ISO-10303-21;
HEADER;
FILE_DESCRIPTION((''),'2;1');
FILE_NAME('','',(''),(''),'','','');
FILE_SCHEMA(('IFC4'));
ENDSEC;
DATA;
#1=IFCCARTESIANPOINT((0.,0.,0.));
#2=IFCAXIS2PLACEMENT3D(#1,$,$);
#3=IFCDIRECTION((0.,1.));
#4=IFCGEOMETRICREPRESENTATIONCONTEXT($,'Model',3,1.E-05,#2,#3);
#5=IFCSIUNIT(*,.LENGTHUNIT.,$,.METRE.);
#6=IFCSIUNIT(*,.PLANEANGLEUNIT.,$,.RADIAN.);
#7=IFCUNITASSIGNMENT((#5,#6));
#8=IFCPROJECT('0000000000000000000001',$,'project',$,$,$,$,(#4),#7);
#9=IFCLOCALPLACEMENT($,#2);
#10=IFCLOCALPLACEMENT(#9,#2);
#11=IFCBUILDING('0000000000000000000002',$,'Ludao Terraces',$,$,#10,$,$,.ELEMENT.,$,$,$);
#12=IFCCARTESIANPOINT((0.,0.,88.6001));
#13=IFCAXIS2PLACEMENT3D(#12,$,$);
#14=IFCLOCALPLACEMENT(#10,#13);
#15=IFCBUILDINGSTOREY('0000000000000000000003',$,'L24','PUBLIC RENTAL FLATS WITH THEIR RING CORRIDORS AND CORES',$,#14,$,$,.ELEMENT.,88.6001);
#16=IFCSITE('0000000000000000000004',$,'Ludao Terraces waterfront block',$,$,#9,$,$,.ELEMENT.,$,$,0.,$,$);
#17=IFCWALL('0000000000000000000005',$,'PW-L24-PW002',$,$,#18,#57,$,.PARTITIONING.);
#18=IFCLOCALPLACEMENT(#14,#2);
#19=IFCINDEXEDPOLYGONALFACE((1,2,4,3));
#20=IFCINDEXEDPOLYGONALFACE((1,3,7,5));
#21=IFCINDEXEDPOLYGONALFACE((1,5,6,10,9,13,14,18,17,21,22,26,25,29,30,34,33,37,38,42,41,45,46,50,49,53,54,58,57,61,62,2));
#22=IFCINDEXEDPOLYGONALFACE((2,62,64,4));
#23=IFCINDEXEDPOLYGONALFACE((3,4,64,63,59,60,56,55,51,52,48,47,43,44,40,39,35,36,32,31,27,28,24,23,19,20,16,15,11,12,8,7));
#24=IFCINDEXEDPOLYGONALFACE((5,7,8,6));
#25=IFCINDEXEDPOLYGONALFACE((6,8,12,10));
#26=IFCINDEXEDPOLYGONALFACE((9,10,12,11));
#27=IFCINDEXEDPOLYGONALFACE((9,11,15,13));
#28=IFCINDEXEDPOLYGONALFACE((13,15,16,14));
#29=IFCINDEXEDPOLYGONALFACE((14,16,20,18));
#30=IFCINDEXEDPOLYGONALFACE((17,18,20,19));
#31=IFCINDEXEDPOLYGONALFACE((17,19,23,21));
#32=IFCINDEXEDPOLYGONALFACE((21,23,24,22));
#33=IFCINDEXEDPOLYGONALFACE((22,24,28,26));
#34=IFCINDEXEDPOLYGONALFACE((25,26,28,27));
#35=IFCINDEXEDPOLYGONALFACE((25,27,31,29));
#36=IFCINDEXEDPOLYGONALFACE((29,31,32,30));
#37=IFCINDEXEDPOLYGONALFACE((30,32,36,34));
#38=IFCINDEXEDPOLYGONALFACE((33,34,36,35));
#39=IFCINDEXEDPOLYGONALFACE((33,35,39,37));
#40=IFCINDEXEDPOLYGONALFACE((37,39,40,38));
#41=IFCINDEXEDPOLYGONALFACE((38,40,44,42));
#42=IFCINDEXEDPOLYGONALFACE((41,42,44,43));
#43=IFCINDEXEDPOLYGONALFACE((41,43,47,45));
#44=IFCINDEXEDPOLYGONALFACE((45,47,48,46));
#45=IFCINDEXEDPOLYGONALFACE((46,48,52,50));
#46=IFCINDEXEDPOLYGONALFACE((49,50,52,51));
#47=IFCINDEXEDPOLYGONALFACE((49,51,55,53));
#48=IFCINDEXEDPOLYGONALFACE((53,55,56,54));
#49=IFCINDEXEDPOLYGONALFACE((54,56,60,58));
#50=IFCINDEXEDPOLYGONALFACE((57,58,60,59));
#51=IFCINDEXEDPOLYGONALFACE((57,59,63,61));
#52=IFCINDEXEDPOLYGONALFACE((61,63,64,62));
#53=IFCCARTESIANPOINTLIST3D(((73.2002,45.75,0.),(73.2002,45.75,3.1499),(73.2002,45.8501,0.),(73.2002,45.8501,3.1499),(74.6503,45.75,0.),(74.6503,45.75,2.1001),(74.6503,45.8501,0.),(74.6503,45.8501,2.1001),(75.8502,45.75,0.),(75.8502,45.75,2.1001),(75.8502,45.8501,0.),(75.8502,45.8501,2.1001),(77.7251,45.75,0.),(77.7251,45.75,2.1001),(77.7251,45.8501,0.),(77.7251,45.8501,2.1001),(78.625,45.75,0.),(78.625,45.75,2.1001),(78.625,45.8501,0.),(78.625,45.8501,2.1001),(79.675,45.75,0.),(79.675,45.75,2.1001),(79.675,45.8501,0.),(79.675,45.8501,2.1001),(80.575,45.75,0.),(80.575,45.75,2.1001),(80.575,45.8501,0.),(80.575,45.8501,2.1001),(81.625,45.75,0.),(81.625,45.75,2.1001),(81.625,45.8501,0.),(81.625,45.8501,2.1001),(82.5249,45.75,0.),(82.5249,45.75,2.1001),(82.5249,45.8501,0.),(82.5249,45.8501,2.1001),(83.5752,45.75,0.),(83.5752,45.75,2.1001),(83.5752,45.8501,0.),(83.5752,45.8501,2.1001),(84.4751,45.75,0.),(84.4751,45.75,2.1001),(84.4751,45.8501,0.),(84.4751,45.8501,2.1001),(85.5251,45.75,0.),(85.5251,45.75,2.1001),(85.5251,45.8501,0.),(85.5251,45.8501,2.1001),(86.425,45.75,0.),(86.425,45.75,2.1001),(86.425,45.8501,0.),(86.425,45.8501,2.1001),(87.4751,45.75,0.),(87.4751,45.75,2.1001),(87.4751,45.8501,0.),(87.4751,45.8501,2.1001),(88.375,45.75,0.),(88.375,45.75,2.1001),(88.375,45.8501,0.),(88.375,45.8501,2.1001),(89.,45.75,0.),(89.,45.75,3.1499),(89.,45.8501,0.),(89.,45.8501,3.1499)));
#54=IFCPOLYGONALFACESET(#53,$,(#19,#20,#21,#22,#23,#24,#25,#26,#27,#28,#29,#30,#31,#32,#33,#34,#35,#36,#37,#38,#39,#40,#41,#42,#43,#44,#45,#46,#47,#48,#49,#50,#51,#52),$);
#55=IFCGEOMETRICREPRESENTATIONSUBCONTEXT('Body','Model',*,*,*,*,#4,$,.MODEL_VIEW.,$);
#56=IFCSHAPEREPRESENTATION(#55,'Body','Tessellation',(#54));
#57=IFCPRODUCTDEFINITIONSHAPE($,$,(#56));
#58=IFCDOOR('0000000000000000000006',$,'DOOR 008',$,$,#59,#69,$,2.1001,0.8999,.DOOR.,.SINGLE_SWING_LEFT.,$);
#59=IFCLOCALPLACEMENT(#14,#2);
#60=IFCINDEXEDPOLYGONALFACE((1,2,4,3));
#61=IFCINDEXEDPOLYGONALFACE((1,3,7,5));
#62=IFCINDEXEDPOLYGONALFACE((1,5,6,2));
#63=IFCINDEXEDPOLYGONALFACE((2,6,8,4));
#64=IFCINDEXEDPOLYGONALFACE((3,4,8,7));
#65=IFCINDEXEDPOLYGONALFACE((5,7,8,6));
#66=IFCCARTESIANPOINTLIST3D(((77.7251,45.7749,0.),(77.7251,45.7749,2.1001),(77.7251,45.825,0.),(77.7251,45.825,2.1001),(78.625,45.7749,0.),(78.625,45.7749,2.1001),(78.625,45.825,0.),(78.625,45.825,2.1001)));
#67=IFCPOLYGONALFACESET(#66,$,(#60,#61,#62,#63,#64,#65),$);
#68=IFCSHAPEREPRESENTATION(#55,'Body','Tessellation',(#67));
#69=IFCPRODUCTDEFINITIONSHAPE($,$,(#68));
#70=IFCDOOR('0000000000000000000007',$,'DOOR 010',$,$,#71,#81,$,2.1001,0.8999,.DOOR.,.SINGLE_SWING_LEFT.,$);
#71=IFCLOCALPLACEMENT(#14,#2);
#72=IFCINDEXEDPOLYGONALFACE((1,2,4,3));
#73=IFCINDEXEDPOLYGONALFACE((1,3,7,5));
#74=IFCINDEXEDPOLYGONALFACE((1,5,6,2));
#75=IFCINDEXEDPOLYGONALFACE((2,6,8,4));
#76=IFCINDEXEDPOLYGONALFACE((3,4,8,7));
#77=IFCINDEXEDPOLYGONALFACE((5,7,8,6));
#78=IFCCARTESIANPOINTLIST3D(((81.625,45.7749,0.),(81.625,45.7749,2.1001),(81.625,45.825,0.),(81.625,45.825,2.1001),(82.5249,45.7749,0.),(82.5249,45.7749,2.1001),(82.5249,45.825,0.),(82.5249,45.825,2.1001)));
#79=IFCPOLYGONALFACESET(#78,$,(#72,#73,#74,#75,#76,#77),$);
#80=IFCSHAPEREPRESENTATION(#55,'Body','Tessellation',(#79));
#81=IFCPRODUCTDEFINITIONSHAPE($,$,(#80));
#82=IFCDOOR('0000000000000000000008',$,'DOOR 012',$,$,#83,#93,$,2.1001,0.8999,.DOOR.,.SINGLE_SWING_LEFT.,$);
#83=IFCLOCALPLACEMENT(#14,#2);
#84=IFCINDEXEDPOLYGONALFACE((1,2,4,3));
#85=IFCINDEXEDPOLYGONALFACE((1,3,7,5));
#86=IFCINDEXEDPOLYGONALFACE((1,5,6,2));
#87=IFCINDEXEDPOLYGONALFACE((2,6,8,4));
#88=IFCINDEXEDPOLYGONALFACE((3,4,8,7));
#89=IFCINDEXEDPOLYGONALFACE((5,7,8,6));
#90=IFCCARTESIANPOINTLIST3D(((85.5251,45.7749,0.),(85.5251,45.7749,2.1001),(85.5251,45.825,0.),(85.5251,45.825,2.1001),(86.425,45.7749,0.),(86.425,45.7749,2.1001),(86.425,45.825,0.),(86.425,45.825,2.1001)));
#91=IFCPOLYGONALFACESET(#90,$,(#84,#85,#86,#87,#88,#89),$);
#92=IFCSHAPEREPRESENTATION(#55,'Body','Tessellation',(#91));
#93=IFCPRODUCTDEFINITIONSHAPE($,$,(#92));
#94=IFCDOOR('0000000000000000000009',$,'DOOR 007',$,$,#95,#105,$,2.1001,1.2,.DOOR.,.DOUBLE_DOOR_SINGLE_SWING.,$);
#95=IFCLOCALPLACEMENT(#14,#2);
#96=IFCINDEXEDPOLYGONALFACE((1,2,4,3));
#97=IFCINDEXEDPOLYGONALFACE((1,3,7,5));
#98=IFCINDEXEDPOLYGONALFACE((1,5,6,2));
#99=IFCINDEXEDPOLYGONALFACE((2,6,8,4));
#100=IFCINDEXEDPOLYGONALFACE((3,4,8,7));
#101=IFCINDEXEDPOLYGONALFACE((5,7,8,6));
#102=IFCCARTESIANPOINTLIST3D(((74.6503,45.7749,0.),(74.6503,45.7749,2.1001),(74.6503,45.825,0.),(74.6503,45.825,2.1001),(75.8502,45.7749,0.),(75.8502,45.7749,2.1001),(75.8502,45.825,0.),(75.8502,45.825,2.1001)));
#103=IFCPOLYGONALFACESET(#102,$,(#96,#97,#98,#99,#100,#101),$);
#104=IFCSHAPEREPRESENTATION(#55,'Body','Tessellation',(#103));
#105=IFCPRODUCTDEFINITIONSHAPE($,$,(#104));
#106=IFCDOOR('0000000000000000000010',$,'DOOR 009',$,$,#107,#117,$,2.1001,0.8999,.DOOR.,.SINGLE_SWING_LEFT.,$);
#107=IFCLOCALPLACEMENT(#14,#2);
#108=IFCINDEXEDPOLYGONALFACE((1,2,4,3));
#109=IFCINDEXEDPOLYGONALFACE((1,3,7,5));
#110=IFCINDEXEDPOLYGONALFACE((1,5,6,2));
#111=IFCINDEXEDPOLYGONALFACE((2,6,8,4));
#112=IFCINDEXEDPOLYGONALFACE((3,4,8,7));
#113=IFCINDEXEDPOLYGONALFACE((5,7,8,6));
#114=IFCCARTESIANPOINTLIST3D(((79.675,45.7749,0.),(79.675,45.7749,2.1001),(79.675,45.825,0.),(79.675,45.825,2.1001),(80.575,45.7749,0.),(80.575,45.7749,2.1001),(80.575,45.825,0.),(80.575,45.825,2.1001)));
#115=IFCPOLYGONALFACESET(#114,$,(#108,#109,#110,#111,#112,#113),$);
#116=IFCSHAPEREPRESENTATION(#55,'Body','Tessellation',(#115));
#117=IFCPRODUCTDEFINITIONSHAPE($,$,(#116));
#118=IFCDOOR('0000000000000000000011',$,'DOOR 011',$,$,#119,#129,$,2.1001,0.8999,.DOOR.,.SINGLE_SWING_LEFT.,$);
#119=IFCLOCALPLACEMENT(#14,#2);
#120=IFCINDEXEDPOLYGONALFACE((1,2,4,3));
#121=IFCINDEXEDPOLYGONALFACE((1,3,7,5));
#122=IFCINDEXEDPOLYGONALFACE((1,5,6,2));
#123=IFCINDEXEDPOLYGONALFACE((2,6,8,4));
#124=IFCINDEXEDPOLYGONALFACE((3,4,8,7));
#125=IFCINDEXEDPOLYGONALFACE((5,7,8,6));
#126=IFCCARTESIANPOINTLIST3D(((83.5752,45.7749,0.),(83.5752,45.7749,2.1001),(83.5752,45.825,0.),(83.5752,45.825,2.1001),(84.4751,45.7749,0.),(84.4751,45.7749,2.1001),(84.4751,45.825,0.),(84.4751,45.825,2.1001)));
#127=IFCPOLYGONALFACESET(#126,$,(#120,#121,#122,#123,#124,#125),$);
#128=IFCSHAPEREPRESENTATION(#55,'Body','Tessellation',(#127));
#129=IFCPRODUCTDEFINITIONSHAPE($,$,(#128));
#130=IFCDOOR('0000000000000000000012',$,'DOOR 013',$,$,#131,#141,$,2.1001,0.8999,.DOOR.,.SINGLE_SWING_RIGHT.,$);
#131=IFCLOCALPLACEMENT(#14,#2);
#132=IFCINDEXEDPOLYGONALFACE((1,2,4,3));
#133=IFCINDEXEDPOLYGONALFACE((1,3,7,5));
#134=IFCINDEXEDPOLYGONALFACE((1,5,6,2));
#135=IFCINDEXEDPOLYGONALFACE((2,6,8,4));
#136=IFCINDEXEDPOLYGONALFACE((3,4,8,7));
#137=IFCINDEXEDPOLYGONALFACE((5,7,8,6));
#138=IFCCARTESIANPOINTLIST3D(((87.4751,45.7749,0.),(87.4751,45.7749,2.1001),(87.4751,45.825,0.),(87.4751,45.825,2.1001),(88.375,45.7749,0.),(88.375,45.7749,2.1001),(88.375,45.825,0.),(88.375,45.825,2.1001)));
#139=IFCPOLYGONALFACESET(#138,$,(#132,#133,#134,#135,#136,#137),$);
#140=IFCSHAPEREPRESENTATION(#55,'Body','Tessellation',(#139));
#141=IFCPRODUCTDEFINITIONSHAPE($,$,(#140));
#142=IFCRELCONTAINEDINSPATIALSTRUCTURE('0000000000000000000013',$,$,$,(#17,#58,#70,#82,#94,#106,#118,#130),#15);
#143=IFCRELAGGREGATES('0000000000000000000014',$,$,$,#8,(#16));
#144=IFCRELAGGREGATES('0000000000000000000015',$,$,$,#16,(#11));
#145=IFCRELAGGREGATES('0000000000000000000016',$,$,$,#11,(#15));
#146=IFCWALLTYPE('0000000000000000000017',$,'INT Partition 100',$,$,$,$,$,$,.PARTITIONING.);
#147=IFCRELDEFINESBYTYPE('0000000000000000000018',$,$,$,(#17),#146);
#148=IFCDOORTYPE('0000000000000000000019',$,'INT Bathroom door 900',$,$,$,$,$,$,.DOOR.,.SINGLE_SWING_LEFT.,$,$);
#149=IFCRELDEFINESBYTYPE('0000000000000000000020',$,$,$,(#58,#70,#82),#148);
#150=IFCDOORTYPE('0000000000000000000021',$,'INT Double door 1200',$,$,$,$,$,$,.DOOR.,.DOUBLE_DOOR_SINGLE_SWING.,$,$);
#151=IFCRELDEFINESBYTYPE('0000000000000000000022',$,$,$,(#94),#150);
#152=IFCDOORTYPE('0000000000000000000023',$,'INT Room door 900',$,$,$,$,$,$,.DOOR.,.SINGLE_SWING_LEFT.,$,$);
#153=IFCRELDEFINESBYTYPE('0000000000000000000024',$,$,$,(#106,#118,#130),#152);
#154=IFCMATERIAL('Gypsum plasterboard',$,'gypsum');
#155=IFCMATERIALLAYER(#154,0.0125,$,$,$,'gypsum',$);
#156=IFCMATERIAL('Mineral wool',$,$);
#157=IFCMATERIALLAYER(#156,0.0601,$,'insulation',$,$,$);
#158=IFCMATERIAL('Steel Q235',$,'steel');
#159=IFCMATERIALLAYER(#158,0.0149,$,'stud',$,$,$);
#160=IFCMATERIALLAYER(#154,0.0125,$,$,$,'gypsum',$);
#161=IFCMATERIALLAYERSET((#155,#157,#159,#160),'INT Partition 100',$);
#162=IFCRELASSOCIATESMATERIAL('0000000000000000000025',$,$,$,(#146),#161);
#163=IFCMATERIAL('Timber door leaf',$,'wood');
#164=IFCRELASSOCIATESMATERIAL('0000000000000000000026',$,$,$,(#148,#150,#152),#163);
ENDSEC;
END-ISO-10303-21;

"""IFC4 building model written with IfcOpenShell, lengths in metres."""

from ifc_helpers import new_model, si_unit, direction, frame, frame_2d, origin, place, context, subcontext, project, spatial, rectangle, extrude, material, layer, layer_set, type_object, element, fill, save


model = new_model("IFC4")

# Units and contexts
model_context = context("Model", 3, precision=1e-05, world=origin(), true_north=direction((0.0, 1.0)))
body_context = subcontext(model_context, "Body", "Model", "MODEL_VIEW")
ifc_project = project(units=[si_unit("LENGTHUNIT", "METRE"), si_unit("PLANEANGLEUNIT", "RADIAN")], contexts=[model_context])

# Site, building, storey
site_placement = place(None, origin())
site = spatial("IfcSite", under=ifc_project, at=site_placement, Name="Ludao Terraces waterfront block", CompositionType="ELEMENT", RefElevation=0.0)
building_placement = place(site_placement, origin())
building = spatial("IfcBuilding", under=site, at=building_placement, Name="Ludao Terraces", CompositionType="ELEMENT")
storey_placement = place(building_placement, frame((0.0, 0.0, 88.6001)))
storey = spatial("IfcBuildingStorey", under=building, at=storey_placement, Name="L24", Description="PUBLIC RENTAL FLATS WITH THEIR RING CORRIDORS AND CORES", CompositionType="ELEMENT", Elevation=88.6001)

# Wall, openings, doors
ifc_material_1 = material(Name="Gypsum plasterboard", Category="gypsum")
ifc_layer_1 = layer(ifc_material_1, 0.0125, Category="gypsum")
ifc_material_2 = material(Name="Mineral wool")
ifc_layer_2 = layer(ifc_material_2, 0.0601, Name="insulation")
ifc_material_3 = material(Name="Steel Q235", Category="steel")
ifc_layer_3 = layer(ifc_material_3, 0.0149, Name="stud")
ifc_layer_4 = layer(ifc_material_1, 0.0125, Category="gypsum")
ifc_layer_set_1 = layer_set([ifc_layer_1, ifc_layer_2, ifc_layer_3, ifc_layer_4], Name="INT Partition 100")
wall_type_1 = type_object("IfcWallType", Name="INT Partition 100", PredefinedType="PARTITIONING", material=ifc_layer_set_1)
wall_1_placement = place(storey_placement, frame((73.2002, 45.8, 0.0), z_axis=(0.0, 0.0, 1.0), x_axis=(1.0, 0.0, 0.0)))
wall_1 = element("IfcWall", 1, at=wall_1_placement, inside=storey, type_object=wall_type_1, Name="PW-L24-PW002", PredefinedType="PARTITIONING", context=body_context, shape_type="SweptSolid", body=[
    extrude(rectangle(XDim=15.7998, YDim=0.1001, at=frame_2d((7.8999, 0.0))), origin(), (0.0, 0.0, 1.0), 3.1499),
])
opening_1_placement = place(wall_1_placement, frame((1.45, 0.0, 0.0)))
opening_1 = element("IfcOpeningElement", 2, at=opening_1_placement, cuts=wall_1, PredefinedType="OPENING", context=body_context, shape_type="SweptSolid", body=[
    extrude(rectangle(XDim=1.2, YDim=2.1001, at=frame_2d((0.6001, 1.05))), frame((0.0, 0.0601, 0.0), z_axis=(0.0, -1.0, 0.0), x_axis=(1.0, 0.0, 0.0)), (0.0, 0.0, 1.0), 0.1201),
])
opening_2_placement = place(wall_1_placement, frame((4.5249, 0.0, 0.0)))
opening_2 = element("IfcOpeningElement", 3, at=opening_2_placement, cuts=wall_1, PredefinedType="OPENING", context=body_context, shape_type="SweptSolid", body=[
    extrude(rectangle(XDim=0.8999, YDim=2.1001, at=frame_2d((0.45, 1.05))), frame((0.0, 0.0601, 0.0), z_axis=(0.0, -1.0, 0.0), x_axis=(1.0, 0.0, 0.0)), (0.0, 0.0, 1.0), 0.1201),
])
opening_3_placement = place(wall_1_placement, frame((6.4749, 0.0, 0.0)))
opening_3 = element("IfcOpeningElement", 4, at=opening_3_placement, cuts=wall_1, PredefinedType="OPENING", context=body_context, shape_type="SweptSolid", body=[
    extrude(rectangle(XDim=0.8999, YDim=2.1001, at=frame_2d((0.45, 1.05))), frame((0.0, 0.0601, 0.0), z_axis=(0.0, -1.0, 0.0), x_axis=(1.0, 0.0, 0.0)), (0.0, 0.0, 1.0), 0.1201),
])
opening_4_placement = place(wall_1_placement, frame((8.4248, 0.0, 0.0)))
opening_4 = element("IfcOpeningElement", 5, at=opening_4_placement, cuts=wall_1, PredefinedType="OPENING", context=body_context, shape_type="SweptSolid", body=[
    extrude(rectangle(XDim=0.8999, YDim=2.1001, at=frame_2d((0.45, 1.05))), frame((0.0, 0.0601, 0.0), z_axis=(0.0, -1.0, 0.0), x_axis=(1.0, 0.0, 0.0)), (0.0, 0.0, 1.0), 0.1201),
])
opening_5_placement = place(wall_1_placement, frame((10.375, 0.0, 0.0)))
opening_5 = element("IfcOpeningElement", 6, at=opening_5_placement, cuts=wall_1, PredefinedType="OPENING", context=body_context, shape_type="SweptSolid", body=[
    extrude(rectangle(XDim=0.8999, YDim=2.1001, at=frame_2d((0.45, 1.05))), frame((0.0, 0.0601, 0.0), z_axis=(0.0, -1.0, 0.0), x_axis=(1.0, 0.0, 0.0)), (0.0, 0.0, 1.0), 0.1201),
])
opening_6_placement = place(wall_1_placement, frame((12.325, 0.0, 0.0)))
opening_6 = element("IfcOpeningElement", 7, at=opening_6_placement, cuts=wall_1, PredefinedType="OPENING", context=body_context, shape_type="SweptSolid", body=[
    extrude(rectangle(XDim=0.8999, YDim=2.1001, at=frame_2d((0.45, 1.05))), frame((0.0, 0.0601, 0.0), z_axis=(0.0, -1.0, 0.0), x_axis=(1.0, 0.0, 0.0)), (0.0, 0.0, 1.0), 0.1201),
])
opening_7_placement = place(wall_1_placement, frame((14.2749, 0.0, 0.0)))
opening_7 = element("IfcOpeningElement", 8, at=opening_7_placement, cuts=wall_1, PredefinedType="OPENING", context=body_context, shape_type="SweptSolid", body=[
    extrude(rectangle(XDim=0.8999, YDim=2.1001, at=frame_2d((0.45, 1.05))), frame((0.0, 0.0601, 0.0), z_axis=(0.0, -1.0, 0.0), x_axis=(1.0, 0.0, 0.0)), (0.0, 0.0, 1.0), 0.1201),
])
ifc_material_4 = material(Name="Timber door leaf", Category="wood")
door_type_1 = type_object("IfcDoorType", Name="INT Bathroom door 900", OperationType="SINGLE_SWING_LEFT", PredefinedType="DOOR", material=ifc_material_4)
door_1_placement = place(opening_2_placement, origin())
door_1 = element("IfcDoor", 9, at=door_1_placement, inside=storey, type_object=door_type_1, Name="DOOR 008", OperationType="SINGLE_SWING_LEFT", OverallHeight=2.1001, OverallWidth=0.8999, PredefinedType="DOOR", context=body_context, shape_type="SweptSolid", body=[
    extrude(rectangle(XDim=0.8999, YDim=2.1001, at=frame_2d((0.45, 1.05))), frame((0.0, 0.0249, 0.0), z_axis=(0.0, -1.0, 0.0), x_axis=(1.0, 0.0, 0.0)), (0.0, 0.0, 1.0), 0.05),
])
fill(opening_2, door_1)
door_2_placement = place(opening_4_placement, origin())
door_2 = element("IfcDoor", 10, at=door_2_placement, inside=storey, type_object=door_type_1, Name="DOOR 010", OperationType="SINGLE_SWING_LEFT", OverallHeight=2.1001, OverallWidth=0.8999, PredefinedType="DOOR", context=body_context, shape_type="SweptSolid", body=[
    extrude(rectangle(XDim=0.8999, YDim=2.1001, at=frame_2d((0.45, 1.05))), frame((0.0, 0.0249, 0.0), z_axis=(0.0, -1.0, 0.0), x_axis=(1.0, 0.0, 0.0)), (0.0, 0.0, 1.0), 0.05),
])
fill(opening_4, door_2)
door_3_placement = place(opening_6_placement, origin())
door_3 = element("IfcDoor", 11, at=door_3_placement, inside=storey, type_object=door_type_1, Name="DOOR 012", OperationType="SINGLE_SWING_LEFT", OverallHeight=2.1001, OverallWidth=0.8999, PredefinedType="DOOR", context=body_context, shape_type="SweptSolid", body=[
    extrude(rectangle(XDim=0.8999, YDim=2.1001, at=frame_2d((0.45, 1.05))), frame((0.0, 0.0249, 0.0), z_axis=(0.0, -1.0, 0.0), x_axis=(1.0, 0.0, 0.0)), (0.0, 0.0, 1.0), 0.05),
])
fill(opening_6, door_3)
door_type_2 = type_object("IfcDoorType", Name="INT Double door 1200", OperationType="DOUBLE_DOOR_SINGLE_SWING", PredefinedType="DOOR", material=ifc_material_4)
door_4_placement = place(opening_1_placement, origin())
door_4 = element("IfcDoor", 12, at=door_4_placement, inside=storey, type_object=door_type_2, Name="DOOR 007", OperationType="DOUBLE_DOOR_SINGLE_SWING", OverallHeight=2.1001, OverallWidth=1.2, PredefinedType="DOOR", context=body_context, shape_type="SweptSolid", body=[
    extrude(rectangle(XDim=1.2, YDim=2.1001, at=frame_2d((0.6001, 1.05))), frame((0.0, 0.0249, 0.0), z_axis=(0.0, -1.0, 0.0), x_axis=(1.0, 0.0, 0.0)), (0.0, 0.0, 1.0), 0.05),
])
fill(opening_1, door_4)
door_type_3 = type_object("IfcDoorType", Name="INT Room door 900", OperationType="SINGLE_SWING_LEFT", PredefinedType="DOOR", material=ifc_material_4)
door_5_placement = place(opening_3_placement, origin())
door_5 = element("IfcDoor", 13, at=door_5_placement, inside=storey, type_object=door_type_3, Name="DOOR 009", OperationType="SINGLE_SWING_LEFT", OverallHeight=2.1001, OverallWidth=0.8999, PredefinedType="DOOR", context=body_context, shape_type="SweptSolid", body=[
    extrude(rectangle(XDim=0.8999, YDim=2.1001, at=frame_2d((0.45, 1.05))), frame((0.0, 0.0249, 0.0), z_axis=(0.0, -1.0, 0.0), x_axis=(1.0, 0.0, 0.0)), (0.0, 0.0, 1.0), 0.05),
])
fill(opening_3, door_5)
door_6_placement = place(opening_5_placement, origin())
door_6 = element("IfcDoor", 14, at=door_6_placement, inside=storey, type_object=door_type_3, Name="DOOR 011", OperationType="SINGLE_SWING_LEFT", OverallHeight=2.1001, OverallWidth=0.8999, PredefinedType="DOOR", context=body_context, shape_type="SweptSolid", body=[
    extrude(rectangle(XDim=0.8999, YDim=2.1001, at=frame_2d((0.45, 1.05))), frame((0.0, 0.0249, 0.0), z_axis=(0.0, -1.0, 0.0), x_axis=(1.0, 0.0, 0.0)), (0.0, 0.0, 1.0), 0.05),
])
fill(opening_5, door_6)
door_7_placement = place(opening_7_placement, origin())
door_7 = element("IfcDoor", 15, at=door_7_placement, inside=storey, type_object=door_type_3, Name="DOOR 013", OperationType="SINGLE_SWING_RIGHT", OverallHeight=2.1001, OverallWidth=0.8999, PredefinedType="DOOR", context=body_context, shape_type="SweptSolid", body=[
    extrude(rectangle(XDim=0.8999, YDim=2.1001, at=frame_2d((0.45, 1.05))), frame((0.0, 0.0249, 0.0), z_axis=(0.0, -1.0, 0.0), x_axis=(1.0, 0.0, 0.0)), (0.0, 0.0, 1.0), 0.05),
])
fill(opening_7, door_7)

save(model, "model.ifc")
